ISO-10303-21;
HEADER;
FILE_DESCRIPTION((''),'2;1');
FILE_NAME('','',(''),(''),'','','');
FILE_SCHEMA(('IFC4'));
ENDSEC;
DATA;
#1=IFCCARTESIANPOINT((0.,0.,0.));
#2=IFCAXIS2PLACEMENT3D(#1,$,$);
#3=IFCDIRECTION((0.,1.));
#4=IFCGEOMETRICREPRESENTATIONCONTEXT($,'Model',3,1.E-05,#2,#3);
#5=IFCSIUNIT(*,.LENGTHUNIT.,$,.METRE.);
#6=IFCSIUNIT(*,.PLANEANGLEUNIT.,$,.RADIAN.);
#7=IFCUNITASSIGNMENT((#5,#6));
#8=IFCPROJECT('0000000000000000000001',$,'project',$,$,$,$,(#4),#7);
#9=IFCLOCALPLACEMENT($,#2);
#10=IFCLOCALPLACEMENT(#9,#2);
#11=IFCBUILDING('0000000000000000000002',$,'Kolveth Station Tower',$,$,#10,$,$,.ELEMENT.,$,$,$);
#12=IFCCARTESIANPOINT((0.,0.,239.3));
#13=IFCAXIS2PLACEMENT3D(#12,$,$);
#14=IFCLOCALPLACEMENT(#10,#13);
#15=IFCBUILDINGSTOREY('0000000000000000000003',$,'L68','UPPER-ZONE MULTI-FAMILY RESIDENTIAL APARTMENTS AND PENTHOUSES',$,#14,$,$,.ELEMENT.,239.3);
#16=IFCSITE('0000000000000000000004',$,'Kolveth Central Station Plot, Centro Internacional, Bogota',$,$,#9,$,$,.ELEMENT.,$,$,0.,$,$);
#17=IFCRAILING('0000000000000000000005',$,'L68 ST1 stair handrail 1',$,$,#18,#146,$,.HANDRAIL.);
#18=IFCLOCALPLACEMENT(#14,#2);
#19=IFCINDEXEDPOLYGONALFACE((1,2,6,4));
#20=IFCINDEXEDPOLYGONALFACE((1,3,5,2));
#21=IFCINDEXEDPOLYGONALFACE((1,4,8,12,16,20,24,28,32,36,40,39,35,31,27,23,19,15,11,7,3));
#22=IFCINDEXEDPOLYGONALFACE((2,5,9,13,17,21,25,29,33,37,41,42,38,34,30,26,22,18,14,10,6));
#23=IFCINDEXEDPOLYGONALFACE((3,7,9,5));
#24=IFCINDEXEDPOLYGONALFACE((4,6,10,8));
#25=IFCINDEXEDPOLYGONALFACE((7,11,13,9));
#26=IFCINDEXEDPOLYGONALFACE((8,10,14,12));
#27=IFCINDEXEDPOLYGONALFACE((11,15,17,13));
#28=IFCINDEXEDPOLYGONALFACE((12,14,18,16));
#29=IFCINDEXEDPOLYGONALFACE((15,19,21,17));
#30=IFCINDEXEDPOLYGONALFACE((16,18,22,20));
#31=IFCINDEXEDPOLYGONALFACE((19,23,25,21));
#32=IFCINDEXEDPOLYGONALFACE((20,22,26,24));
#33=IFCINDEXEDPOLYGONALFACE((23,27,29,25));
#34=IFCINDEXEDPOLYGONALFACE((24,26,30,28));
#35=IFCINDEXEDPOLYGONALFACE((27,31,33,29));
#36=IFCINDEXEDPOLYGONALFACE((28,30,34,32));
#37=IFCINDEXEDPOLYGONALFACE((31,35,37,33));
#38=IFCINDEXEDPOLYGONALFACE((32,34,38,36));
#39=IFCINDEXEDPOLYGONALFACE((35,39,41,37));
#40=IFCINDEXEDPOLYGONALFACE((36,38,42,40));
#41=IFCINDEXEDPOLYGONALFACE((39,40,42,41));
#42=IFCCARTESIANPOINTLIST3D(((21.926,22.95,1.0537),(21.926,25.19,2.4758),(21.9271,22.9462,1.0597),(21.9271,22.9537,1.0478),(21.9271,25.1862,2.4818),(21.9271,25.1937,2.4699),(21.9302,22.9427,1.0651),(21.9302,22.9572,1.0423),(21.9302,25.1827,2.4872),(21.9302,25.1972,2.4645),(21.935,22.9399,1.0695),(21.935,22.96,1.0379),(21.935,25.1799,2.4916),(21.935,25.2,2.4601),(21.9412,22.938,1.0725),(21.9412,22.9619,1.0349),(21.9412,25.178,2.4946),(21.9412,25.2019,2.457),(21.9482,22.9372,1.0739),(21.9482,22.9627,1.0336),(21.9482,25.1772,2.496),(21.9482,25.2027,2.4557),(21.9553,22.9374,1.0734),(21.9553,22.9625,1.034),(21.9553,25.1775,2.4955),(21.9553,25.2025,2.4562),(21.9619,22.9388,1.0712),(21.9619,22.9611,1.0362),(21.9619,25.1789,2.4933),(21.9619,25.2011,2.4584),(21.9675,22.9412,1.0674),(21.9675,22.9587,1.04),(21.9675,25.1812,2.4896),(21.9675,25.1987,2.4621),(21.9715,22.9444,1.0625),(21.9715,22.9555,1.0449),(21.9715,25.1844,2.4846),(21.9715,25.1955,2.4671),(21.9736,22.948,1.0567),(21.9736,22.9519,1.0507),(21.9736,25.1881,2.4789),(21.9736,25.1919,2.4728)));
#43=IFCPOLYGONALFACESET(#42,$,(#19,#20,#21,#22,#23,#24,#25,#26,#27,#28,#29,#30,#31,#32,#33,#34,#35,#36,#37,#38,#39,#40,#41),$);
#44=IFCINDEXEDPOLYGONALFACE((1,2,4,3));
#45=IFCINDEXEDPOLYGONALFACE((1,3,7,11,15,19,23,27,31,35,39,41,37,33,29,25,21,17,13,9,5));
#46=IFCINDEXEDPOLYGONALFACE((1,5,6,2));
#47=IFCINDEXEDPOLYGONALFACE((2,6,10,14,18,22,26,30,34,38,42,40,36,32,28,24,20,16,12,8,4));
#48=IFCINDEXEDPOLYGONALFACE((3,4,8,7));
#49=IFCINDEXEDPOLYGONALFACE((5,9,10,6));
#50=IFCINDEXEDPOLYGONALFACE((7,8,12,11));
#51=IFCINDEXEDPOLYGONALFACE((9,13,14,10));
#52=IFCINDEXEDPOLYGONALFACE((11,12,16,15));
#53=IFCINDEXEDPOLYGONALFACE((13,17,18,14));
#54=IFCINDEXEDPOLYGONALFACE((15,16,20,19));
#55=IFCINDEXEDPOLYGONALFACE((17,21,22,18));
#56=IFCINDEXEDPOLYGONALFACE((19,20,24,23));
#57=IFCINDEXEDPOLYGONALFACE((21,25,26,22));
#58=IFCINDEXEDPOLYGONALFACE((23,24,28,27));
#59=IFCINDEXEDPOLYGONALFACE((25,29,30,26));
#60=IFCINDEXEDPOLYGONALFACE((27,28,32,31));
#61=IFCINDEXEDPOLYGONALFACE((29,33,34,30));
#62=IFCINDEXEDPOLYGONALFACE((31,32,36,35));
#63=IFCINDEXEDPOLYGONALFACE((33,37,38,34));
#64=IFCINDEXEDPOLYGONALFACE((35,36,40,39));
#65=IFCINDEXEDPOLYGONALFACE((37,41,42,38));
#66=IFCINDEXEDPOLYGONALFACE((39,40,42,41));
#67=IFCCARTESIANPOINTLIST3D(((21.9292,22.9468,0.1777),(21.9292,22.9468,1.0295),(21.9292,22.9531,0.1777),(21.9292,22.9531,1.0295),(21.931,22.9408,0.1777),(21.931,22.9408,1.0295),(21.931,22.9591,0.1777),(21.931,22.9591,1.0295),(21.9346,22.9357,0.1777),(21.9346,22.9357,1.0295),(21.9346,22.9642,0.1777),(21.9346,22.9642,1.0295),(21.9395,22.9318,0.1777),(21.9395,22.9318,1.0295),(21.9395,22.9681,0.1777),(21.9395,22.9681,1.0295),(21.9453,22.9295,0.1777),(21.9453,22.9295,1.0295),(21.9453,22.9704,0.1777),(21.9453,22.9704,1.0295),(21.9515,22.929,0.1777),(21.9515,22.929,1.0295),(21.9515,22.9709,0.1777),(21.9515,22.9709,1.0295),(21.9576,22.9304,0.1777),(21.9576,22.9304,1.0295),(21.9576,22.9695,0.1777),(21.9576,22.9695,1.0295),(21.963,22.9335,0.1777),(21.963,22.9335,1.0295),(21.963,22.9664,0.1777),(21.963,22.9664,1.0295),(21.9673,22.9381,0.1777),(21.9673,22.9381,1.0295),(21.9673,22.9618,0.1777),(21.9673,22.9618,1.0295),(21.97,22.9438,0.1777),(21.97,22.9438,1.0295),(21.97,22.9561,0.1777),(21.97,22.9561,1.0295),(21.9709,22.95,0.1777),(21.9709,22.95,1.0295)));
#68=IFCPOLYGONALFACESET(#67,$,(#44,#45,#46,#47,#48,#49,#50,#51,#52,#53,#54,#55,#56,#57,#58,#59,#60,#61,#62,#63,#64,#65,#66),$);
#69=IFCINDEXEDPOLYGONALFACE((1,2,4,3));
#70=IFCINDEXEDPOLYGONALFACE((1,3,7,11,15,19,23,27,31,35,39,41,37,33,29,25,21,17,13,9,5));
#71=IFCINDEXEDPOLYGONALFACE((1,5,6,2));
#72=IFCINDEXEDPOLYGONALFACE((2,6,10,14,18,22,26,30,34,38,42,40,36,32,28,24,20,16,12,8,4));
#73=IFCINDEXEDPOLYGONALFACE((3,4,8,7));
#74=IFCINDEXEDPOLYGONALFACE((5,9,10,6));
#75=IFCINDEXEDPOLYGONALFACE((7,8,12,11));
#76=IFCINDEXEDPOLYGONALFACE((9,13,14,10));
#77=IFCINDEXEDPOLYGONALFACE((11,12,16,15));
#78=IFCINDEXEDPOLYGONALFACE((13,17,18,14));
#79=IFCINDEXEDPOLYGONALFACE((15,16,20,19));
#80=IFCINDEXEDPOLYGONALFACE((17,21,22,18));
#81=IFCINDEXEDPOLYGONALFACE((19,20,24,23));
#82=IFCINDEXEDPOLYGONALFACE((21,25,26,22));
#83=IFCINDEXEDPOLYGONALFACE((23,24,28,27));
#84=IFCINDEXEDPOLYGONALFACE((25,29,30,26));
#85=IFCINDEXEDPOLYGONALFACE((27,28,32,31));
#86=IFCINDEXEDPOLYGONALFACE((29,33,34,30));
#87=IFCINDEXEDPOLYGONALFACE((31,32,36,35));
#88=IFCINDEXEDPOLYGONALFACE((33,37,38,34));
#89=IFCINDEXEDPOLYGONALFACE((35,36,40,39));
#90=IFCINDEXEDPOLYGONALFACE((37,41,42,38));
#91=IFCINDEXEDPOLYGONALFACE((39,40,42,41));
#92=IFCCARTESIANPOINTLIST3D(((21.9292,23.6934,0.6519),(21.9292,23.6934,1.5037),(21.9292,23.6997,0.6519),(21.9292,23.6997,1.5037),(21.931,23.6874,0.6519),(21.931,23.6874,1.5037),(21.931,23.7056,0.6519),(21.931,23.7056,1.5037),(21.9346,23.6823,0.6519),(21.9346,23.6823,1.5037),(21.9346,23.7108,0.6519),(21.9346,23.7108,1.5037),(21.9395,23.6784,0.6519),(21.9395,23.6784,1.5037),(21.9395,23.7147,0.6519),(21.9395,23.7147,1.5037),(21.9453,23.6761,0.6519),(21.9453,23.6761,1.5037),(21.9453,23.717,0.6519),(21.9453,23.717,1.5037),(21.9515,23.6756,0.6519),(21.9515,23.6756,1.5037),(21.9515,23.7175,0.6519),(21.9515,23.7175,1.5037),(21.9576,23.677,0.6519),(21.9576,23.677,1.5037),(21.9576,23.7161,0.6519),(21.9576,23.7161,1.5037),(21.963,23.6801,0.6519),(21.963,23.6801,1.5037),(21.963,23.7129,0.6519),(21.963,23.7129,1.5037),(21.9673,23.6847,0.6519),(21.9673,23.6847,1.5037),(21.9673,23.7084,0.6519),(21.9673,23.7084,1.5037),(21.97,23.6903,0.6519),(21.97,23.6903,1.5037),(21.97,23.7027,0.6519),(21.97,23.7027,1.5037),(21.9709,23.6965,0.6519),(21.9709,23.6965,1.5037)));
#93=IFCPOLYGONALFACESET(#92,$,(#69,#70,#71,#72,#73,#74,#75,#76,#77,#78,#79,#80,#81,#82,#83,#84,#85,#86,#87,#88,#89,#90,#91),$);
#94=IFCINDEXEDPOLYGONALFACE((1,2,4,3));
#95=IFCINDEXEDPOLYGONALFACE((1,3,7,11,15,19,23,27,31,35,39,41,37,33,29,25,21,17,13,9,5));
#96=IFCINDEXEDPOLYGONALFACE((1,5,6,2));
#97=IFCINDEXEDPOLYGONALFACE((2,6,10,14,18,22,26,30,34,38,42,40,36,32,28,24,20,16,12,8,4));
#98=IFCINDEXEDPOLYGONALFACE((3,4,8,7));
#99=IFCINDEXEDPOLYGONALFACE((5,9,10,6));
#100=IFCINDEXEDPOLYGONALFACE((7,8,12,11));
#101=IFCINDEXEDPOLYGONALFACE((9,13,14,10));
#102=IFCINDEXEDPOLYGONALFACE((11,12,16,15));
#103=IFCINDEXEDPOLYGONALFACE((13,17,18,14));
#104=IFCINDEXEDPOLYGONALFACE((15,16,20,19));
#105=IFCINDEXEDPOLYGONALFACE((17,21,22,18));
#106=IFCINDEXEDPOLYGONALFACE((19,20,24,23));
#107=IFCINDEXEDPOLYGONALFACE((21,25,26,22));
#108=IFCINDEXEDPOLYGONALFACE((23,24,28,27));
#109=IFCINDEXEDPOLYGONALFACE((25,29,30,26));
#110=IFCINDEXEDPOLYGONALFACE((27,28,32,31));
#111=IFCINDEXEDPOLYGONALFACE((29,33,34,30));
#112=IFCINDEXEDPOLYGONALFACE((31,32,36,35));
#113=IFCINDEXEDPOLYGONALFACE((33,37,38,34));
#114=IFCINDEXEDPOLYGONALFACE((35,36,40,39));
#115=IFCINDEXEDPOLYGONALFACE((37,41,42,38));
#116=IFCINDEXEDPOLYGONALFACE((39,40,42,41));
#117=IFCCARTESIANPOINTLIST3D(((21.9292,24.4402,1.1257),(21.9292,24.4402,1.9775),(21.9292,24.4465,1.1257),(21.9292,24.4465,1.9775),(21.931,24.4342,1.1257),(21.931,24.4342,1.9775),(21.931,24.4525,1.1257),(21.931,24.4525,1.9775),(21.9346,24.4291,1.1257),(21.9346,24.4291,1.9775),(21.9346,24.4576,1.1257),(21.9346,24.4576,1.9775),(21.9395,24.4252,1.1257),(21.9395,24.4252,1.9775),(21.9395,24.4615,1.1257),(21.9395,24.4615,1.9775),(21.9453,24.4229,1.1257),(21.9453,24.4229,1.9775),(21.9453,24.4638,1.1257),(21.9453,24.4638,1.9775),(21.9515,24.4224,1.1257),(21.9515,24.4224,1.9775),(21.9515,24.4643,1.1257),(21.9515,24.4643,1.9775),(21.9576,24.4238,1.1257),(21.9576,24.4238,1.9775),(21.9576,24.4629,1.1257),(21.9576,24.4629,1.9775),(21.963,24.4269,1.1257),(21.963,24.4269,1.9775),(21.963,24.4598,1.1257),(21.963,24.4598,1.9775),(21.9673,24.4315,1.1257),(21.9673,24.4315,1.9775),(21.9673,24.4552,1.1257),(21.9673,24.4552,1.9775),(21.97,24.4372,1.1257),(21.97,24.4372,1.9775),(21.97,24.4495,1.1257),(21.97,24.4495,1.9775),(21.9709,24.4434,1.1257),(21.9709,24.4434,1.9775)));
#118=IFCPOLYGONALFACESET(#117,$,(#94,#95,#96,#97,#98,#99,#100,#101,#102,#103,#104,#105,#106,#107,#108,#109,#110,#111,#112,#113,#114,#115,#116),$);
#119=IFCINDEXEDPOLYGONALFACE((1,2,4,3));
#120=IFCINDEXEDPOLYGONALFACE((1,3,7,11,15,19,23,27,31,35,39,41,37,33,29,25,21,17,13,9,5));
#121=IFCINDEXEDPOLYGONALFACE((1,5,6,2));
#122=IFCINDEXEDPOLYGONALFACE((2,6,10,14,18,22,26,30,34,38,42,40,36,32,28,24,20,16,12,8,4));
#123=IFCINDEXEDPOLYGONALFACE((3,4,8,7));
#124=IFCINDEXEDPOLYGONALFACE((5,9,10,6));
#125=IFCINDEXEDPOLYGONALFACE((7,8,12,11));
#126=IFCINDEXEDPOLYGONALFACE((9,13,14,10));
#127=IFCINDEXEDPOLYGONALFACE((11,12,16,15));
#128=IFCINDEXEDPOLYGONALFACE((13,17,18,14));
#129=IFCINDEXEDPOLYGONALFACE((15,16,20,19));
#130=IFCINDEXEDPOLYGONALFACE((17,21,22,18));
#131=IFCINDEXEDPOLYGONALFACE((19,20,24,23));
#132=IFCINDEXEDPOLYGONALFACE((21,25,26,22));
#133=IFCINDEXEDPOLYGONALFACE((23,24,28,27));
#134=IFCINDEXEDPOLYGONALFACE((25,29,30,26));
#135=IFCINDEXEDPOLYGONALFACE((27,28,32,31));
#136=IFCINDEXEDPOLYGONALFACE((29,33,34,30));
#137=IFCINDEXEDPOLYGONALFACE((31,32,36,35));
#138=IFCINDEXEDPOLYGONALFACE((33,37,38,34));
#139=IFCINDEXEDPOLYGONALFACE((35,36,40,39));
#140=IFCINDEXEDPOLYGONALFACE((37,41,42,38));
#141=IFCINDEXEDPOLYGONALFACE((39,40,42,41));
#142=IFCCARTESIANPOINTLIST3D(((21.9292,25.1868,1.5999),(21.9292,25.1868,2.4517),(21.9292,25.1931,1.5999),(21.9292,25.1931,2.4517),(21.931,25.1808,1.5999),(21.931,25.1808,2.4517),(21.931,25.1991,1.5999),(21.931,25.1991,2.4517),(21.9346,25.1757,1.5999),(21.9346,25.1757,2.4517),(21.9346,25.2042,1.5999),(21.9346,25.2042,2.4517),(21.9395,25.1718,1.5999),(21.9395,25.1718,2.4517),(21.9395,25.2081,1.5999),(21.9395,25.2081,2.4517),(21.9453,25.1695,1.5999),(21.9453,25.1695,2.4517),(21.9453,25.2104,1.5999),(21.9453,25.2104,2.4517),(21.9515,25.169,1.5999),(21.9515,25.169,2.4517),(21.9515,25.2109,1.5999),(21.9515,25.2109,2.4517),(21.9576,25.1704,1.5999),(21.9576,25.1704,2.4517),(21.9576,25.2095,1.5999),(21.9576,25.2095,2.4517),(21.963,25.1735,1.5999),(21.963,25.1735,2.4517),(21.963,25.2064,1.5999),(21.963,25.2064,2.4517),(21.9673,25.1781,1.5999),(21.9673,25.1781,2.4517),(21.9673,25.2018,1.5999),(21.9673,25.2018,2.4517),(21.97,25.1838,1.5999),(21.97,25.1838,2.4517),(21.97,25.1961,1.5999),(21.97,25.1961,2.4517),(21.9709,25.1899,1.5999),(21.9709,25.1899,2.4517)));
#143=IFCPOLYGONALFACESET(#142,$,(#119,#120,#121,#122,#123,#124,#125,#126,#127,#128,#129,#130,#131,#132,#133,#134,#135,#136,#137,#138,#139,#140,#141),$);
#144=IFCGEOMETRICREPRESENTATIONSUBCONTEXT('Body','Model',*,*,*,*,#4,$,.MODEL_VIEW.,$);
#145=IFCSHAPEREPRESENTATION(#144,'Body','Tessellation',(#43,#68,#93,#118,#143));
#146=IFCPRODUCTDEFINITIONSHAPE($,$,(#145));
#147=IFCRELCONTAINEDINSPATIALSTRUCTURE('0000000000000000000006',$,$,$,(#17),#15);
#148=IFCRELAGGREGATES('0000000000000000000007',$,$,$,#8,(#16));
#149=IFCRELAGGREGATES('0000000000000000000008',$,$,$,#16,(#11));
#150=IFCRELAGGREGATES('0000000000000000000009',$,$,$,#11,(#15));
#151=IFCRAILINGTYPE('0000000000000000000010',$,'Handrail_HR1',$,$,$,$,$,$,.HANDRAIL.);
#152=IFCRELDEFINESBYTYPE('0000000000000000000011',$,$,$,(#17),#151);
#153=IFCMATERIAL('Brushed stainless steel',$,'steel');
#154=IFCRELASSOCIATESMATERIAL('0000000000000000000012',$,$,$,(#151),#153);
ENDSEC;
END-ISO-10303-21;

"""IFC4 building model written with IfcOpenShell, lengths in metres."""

from ifc_helpers import new_model, si_unit, direction, frame, origin, origin_2d, place, context, subcontext, project, spatial, circle, extrude, material, type_object, element, save


model = new_model("IFC4")

# Units and contexts
model_context = context("Model", 3, precision=1e-05, world=origin(), true_north=direction((0.0, 1.0)))
body_context = subcontext(model_context, "Body", "Model", "MODEL_VIEW")
ifc_project = project(units=[si_unit("LENGTHUNIT", "METRE"), si_unit("PLANEANGLEUNIT", "RADIAN")], contexts=[model_context])

# Site, building, storey
site_placement = place(None, origin())
site = spatial("IfcSite", under=ifc_project, at=site_placement, Name="Kolveth Central Station Plot, Centro Internacional, Bogota", CompositionType="ELEMENT", RefElevation=0.0)
building_placement = place(site_placement, origin())
building = spatial("IfcBuilding", under=site, at=building_placement, Name="Kolveth Station Tower", CompositionType="ELEMENT")
storey_placement = place(building_placement, frame((0.0, 0.0, 239.3)))
storey = spatial("IfcBuildingStorey", under=building, at=storey_placement, Name="L68", Description="UPPER-ZONE MULTI-FAMILY RESIDENTIAL APARTMENTS AND PENTHOUSES", CompositionType="ELEMENT", Elevation=239.3)

# Railing
ifc_material_1 = material(Name="Brushed stainless steel", Category="steel")
railing_type_1 = type_object("IfcRailingType", Name="Handrail_HR1", PredefinedType="HANDRAIL", material=ifc_material_1)
railing_1_placement = place(storey_placement, frame((21.95, 22.95, 0.1777)))
element("IfcRailing", 1, at=railing_1_placement, inside=storey, type_object=railing_type_1, Name="L68 ST1 stair handrail 1", PredefinedType="HANDRAIL", context=body_context, shape_type="SweptSolid", body=[
    extrude(circle(Radius=0.0239, at=origin_2d()), frame((0.0, 0.0, 0.876), z_axis=(0.0, 0.844229, 0.535982), x_axis=(-1.0, 0.0, 0.0)), (0.0, 0.0, 1.0), 2.6533),
    extrude(circle(Radius=0.021, at=origin_2d()), origin(), (0.0, 0.0, 1.0), 0.8518),
    extrude(circle(Radius=0.021, at=origin_2d()), frame((0.0, 0.7466, 0.4741)), (0.0, 0.0, 1.0), 0.8518),
    extrude(circle(Radius=0.021, at=origin_2d()), frame((0.0, 1.4934, 0.948)), (0.0, 0.0, 1.0), 0.8518),
    extrude(circle(Radius=0.021, at=origin_2d()), frame((0.0, 2.24, 1.4221)), (0.0, 0.0, 1.0), 0.8518),
])

save(model, "model.ifc")
